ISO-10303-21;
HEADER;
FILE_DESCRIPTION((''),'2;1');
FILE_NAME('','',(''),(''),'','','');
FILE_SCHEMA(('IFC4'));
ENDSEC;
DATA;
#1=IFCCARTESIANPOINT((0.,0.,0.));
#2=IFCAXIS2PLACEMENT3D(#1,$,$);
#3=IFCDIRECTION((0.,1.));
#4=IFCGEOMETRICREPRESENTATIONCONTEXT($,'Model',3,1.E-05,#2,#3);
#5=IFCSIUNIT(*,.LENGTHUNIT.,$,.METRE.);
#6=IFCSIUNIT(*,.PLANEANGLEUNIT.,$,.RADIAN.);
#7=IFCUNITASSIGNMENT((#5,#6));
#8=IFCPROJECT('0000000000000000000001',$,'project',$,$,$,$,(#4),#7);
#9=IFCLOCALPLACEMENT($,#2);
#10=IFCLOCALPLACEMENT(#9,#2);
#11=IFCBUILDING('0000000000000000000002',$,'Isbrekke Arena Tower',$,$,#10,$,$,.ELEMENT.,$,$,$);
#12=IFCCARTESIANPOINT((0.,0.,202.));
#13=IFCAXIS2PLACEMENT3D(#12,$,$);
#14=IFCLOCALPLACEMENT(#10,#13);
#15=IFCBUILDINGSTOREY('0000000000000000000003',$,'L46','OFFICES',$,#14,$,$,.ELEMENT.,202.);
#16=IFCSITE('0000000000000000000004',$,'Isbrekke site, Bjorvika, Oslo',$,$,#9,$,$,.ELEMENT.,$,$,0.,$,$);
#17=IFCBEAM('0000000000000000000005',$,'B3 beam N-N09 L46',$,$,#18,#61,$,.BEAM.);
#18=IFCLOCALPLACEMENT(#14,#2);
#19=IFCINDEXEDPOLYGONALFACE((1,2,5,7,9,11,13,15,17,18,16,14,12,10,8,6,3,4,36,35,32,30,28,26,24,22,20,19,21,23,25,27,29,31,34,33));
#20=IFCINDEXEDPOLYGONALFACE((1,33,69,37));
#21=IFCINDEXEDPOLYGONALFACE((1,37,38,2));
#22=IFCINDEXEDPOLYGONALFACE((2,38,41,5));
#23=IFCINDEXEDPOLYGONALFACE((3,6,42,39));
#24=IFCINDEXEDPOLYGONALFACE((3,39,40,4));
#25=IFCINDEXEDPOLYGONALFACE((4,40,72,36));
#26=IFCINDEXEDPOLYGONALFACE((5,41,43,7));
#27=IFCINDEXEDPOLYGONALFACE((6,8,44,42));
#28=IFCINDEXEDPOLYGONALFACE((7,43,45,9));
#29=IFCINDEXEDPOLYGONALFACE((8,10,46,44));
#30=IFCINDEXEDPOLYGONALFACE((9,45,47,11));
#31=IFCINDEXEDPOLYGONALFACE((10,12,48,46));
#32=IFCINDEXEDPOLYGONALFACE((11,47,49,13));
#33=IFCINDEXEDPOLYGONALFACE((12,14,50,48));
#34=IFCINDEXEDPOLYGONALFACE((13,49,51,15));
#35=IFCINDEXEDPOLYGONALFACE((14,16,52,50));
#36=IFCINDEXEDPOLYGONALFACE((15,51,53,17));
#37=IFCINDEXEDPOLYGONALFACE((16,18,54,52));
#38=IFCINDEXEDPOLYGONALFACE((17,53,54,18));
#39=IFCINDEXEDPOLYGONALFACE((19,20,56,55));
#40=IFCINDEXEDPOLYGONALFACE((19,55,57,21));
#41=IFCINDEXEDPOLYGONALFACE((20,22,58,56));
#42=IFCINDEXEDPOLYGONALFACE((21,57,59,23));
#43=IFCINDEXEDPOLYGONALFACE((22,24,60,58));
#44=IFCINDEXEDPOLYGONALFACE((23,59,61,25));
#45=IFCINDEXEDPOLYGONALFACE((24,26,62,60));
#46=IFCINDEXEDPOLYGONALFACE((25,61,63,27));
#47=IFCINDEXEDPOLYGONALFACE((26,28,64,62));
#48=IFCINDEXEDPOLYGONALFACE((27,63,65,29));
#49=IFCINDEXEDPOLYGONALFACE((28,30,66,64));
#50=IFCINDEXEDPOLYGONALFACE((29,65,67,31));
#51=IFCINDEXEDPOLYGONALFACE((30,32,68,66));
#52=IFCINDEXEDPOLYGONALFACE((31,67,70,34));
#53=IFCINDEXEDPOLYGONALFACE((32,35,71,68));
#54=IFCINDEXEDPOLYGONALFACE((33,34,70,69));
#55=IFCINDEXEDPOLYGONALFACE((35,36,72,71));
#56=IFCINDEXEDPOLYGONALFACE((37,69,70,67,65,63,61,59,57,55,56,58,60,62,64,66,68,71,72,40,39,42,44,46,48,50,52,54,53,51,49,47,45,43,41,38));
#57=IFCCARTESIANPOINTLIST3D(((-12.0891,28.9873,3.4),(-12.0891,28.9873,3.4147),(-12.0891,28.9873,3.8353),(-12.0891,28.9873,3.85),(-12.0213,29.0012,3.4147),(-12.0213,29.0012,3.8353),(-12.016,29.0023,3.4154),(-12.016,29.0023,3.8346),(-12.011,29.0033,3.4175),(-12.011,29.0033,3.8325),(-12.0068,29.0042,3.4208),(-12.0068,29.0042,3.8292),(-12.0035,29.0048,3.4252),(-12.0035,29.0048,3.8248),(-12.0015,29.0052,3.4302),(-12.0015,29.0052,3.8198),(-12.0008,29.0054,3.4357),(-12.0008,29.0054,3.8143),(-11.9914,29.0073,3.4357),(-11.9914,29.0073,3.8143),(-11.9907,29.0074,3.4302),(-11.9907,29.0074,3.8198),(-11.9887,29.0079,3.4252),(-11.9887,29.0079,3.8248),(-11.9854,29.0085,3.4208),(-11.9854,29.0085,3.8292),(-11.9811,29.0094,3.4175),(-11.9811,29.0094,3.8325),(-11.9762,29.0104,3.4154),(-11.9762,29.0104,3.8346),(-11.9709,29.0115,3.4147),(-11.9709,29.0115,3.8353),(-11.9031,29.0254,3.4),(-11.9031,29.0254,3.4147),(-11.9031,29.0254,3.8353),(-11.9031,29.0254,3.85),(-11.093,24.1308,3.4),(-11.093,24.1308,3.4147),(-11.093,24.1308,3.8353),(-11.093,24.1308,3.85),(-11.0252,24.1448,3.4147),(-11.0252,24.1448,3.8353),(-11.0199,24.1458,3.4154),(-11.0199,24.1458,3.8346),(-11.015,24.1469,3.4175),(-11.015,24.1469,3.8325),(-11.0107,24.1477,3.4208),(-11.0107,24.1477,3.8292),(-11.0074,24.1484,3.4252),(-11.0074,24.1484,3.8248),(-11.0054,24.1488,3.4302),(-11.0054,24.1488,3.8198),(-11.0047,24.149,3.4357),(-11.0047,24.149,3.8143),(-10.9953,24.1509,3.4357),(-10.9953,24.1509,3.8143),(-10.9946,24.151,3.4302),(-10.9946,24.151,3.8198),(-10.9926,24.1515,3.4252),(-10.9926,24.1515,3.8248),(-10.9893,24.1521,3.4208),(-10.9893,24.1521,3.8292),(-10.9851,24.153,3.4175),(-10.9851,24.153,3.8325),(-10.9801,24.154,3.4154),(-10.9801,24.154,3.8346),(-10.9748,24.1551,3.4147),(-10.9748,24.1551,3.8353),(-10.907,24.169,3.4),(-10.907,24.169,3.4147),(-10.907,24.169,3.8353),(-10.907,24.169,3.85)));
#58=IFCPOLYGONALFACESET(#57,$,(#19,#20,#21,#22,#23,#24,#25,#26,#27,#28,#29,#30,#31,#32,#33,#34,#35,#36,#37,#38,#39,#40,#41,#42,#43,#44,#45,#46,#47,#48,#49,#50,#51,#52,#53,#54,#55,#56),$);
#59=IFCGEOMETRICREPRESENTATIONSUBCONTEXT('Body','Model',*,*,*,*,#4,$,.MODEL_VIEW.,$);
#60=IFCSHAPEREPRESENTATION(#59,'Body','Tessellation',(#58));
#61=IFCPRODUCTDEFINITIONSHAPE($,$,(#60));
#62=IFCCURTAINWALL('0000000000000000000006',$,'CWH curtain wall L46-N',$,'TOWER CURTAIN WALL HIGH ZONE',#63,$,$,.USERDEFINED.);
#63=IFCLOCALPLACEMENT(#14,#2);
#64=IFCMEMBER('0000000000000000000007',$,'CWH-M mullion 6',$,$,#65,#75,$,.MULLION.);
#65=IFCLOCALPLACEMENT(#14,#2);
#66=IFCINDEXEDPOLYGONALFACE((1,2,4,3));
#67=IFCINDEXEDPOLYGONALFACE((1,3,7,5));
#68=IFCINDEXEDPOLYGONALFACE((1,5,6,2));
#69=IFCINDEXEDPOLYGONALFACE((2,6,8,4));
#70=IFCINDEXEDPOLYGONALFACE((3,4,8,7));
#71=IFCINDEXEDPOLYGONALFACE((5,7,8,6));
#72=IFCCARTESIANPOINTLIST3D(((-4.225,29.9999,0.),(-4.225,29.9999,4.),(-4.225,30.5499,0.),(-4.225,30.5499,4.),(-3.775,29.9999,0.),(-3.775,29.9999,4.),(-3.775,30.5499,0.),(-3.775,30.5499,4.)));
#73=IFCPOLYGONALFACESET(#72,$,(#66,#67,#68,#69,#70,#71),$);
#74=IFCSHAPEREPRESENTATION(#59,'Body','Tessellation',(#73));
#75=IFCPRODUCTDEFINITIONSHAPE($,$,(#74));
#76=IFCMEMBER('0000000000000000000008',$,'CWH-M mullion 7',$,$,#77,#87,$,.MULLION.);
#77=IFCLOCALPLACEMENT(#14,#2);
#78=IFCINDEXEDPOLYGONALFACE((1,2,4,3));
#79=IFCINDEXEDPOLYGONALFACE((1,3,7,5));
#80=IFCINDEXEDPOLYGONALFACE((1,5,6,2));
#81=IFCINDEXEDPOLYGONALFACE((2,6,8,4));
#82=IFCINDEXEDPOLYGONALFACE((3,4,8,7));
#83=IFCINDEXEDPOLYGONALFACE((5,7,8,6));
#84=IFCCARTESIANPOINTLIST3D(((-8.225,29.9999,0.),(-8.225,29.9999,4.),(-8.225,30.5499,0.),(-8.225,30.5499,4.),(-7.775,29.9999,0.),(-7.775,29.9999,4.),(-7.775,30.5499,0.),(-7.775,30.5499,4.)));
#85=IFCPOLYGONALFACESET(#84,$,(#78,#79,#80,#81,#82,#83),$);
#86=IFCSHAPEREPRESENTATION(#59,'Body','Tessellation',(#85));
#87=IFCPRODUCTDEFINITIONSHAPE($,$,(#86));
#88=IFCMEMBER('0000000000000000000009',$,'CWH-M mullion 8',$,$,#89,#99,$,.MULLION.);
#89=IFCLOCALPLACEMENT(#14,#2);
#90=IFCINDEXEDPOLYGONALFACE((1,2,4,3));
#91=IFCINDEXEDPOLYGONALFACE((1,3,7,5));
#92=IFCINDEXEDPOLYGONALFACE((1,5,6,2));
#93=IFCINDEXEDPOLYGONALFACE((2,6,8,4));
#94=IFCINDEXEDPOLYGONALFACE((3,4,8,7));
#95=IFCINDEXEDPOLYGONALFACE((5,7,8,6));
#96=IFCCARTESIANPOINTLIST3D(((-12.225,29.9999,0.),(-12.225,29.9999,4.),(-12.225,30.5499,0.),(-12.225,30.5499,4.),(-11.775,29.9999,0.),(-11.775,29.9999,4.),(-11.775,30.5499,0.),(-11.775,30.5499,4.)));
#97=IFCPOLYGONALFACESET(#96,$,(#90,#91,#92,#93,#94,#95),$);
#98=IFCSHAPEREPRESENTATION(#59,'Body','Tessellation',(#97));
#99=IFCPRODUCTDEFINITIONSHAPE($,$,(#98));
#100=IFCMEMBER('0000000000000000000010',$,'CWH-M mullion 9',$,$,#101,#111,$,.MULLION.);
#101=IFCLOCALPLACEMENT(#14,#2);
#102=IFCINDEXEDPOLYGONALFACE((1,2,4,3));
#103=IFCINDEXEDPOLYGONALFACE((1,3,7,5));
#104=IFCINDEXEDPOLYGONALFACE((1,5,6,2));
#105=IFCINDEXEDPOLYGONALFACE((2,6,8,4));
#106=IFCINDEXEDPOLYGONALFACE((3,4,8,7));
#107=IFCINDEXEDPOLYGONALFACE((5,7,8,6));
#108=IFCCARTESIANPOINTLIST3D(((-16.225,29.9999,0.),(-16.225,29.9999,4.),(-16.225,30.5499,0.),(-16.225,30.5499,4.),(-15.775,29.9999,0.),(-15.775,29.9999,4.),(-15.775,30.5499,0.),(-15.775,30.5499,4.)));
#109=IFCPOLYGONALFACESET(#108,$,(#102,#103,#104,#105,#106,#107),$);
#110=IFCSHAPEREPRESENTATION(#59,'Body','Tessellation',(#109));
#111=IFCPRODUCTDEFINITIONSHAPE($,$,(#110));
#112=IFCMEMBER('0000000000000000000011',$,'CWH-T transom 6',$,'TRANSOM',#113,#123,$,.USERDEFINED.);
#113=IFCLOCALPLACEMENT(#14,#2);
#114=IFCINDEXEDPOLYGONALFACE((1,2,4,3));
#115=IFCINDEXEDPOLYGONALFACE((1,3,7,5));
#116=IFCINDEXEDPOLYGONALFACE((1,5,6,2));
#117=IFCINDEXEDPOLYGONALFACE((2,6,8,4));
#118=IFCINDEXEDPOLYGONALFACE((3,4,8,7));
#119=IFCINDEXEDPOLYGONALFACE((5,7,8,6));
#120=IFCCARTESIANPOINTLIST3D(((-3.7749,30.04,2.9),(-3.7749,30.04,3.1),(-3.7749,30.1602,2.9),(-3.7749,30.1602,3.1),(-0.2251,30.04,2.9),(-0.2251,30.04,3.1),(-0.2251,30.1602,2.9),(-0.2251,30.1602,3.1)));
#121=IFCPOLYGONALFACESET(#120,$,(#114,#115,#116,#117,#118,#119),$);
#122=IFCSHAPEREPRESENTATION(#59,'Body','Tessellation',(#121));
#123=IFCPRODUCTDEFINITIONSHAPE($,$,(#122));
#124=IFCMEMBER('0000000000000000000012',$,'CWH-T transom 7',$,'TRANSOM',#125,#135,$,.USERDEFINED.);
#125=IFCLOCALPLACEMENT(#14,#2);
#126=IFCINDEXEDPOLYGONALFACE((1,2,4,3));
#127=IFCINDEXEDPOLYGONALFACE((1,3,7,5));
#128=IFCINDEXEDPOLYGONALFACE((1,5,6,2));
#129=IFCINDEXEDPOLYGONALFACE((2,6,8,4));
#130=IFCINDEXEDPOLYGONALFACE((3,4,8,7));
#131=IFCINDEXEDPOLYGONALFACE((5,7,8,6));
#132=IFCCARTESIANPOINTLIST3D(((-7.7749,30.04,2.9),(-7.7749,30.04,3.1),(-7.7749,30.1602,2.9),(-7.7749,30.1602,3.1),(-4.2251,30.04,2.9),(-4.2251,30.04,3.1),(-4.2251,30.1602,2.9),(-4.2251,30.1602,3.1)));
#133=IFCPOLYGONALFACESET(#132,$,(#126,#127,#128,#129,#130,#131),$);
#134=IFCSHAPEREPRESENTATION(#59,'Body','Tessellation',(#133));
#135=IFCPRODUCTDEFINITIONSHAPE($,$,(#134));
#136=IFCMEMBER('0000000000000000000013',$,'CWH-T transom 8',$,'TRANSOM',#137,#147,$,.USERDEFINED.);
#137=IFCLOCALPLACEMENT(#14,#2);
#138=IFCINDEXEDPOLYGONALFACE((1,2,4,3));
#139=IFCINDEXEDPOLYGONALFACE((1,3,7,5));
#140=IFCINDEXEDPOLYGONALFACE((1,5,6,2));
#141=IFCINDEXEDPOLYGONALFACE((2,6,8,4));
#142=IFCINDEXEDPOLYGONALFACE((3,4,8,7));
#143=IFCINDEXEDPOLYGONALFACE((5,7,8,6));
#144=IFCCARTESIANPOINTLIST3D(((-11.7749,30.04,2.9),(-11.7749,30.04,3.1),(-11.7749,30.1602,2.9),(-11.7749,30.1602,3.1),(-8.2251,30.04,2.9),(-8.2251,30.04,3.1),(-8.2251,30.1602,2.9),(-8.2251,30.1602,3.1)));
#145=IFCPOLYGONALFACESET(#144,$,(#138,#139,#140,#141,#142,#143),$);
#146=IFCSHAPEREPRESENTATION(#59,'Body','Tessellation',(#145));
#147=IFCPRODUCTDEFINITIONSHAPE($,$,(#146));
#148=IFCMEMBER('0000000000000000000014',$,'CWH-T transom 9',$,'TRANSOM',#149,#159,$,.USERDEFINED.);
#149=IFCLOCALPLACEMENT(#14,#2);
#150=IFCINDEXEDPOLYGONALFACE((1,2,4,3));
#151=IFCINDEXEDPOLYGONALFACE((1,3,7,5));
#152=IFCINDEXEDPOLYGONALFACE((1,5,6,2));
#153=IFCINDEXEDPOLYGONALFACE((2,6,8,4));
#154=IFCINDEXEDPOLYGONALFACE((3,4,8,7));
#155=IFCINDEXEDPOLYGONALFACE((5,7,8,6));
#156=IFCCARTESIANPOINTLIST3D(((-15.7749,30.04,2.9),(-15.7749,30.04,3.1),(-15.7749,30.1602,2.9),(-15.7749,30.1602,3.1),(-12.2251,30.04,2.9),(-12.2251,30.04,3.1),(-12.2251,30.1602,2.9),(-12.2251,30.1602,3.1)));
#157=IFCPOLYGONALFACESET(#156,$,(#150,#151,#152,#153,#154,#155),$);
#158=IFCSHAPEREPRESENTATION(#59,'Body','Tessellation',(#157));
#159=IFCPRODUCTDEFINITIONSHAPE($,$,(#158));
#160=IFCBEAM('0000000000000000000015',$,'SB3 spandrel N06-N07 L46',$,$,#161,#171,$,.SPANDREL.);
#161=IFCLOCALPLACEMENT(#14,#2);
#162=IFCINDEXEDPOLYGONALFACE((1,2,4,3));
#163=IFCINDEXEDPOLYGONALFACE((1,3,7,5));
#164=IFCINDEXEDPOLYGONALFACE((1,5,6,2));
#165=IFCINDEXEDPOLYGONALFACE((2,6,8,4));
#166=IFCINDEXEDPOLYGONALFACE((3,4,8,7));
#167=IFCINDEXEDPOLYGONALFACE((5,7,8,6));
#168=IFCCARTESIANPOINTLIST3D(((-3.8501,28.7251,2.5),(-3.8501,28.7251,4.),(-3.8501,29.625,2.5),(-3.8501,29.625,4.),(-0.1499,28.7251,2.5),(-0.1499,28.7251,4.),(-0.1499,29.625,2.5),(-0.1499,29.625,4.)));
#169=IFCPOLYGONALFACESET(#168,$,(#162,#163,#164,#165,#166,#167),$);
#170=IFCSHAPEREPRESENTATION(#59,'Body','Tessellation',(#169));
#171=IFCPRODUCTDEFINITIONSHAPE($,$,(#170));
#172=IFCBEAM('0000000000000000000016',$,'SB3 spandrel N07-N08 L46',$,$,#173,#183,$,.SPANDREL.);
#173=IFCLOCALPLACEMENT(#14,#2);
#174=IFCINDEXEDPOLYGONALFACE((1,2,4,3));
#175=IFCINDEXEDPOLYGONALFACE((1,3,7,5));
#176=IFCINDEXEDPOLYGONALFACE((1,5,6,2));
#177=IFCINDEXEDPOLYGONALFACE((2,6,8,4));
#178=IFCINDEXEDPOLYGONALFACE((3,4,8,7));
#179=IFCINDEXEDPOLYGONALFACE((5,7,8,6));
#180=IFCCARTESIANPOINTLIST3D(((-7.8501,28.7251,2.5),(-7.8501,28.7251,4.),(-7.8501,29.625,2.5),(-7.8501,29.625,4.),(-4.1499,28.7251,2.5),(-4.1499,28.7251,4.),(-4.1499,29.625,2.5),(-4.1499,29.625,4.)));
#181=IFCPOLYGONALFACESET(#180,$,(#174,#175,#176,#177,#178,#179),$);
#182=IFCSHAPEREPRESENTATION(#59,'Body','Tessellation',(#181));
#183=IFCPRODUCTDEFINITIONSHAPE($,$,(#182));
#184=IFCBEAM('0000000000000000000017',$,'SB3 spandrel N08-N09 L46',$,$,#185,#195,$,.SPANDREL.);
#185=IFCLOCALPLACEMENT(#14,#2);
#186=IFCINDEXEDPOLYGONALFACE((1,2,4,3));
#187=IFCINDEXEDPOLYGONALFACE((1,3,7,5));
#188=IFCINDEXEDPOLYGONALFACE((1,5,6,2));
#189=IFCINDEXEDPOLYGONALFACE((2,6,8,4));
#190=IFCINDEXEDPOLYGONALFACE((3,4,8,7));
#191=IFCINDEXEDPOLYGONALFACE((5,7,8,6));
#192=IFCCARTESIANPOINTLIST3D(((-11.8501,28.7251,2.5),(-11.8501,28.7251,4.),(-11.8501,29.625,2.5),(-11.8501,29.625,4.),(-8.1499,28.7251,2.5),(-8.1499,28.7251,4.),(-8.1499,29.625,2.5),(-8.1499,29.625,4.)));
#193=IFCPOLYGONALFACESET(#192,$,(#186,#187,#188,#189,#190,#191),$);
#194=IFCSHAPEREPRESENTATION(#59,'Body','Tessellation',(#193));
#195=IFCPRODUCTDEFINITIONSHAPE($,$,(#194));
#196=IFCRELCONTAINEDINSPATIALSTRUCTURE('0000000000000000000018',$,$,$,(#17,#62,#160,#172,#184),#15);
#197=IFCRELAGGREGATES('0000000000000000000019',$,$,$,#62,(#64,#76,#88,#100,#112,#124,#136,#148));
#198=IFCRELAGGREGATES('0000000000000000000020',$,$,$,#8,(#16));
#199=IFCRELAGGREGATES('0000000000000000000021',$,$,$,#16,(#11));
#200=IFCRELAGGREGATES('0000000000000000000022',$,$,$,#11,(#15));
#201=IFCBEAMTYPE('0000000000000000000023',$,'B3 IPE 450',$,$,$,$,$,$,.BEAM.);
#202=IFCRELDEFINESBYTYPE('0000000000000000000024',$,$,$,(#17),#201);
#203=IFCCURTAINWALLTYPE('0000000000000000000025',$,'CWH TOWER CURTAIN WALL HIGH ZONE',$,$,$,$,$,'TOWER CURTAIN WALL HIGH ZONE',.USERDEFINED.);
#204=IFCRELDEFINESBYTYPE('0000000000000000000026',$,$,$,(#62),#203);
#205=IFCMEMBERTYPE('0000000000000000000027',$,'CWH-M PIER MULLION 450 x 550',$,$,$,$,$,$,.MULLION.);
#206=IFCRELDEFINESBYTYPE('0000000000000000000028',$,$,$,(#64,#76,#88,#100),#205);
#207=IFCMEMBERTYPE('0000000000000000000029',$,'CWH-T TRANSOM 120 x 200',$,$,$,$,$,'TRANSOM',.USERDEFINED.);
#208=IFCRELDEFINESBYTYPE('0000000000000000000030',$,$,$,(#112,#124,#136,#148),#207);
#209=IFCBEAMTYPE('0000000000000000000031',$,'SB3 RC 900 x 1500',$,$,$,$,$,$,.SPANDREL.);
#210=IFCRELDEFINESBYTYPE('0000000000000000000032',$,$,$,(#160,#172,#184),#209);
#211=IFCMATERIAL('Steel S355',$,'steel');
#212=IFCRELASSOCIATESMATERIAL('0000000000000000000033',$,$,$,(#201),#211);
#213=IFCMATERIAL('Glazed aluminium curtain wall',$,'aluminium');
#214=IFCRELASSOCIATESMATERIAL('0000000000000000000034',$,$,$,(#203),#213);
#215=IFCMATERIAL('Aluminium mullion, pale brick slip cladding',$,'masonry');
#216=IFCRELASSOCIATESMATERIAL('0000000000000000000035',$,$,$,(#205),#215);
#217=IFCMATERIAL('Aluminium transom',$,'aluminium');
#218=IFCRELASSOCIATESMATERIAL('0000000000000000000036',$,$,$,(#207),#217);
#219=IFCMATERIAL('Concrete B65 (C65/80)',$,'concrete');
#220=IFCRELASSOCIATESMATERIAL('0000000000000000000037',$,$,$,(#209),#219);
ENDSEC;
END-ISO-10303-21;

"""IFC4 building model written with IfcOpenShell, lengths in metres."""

from ifc_helpers import new_model, si_unit, direction, frame, origin, origin_2d, place, context, subcontext, project, spatial, rectangle, i_section, extrude, material, material_profile, profile_set, type_object, element, aggregate, save


model = new_model("IFC4")

# Units and contexts
model_context = context("Model", 3, precision=1e-05, world=origin(), true_north=direction((0.0, 1.0)))
body_context = subcontext(model_context, "Body", "Model", "MODEL_VIEW")
ifc_project = project(units=[si_unit("LENGTHUNIT", "METRE"), si_unit("PLANEANGLEUNIT", "RADIAN")], contexts=[model_context])

# Site, building, storey
site_placement = place(None, origin())
site = spatial("IfcSite", under=ifc_project, at=site_placement, Name="Isbrekke site, Bjorvika, Oslo", CompositionType="ELEMENT", RefElevation=0.0)
building_placement = place(site_placement, origin())
building = spatial("IfcBuilding", under=site, at=building_placement, Name="Isbrekke Arena Tower", CompositionType="ELEMENT")
storey_placement = place(building_placement, frame((0.0, 0.0, 202.0)))
storey = spatial("IfcBuildingStorey", under=building, at=storey_placement, Name="L46", Description="OFFICES", CompositionType="ELEMENT", Elevation=202.0)

# Beam
ifc_material_1 = material(Name="Steel S355", Category="steel")
ifc_material_profile_1 = material_profile(ifc_material_1, i_section(OverallWidth=0.1899, OverallDepth=0.45, WebThickness=0.0095, FlangeThickness=0.0146, FilletRadius=0.021, at=origin_2d()), Name="IPE 450")
ifc_profile_set_1 = profile_set([ifc_material_profile_1], Name="Steel S355")
beam_type_1 = type_object("IfcBeamType", Name="B3 IPE 450", PredefinedType="BEAM", material=ifc_profile_set_1)
beam_1_placement = place(storey_placement, frame((-11.9961, 29.0063, 3.625), z_axis=(0.200925, -0.979607, 0.0), x_axis=(0.979607, 0.200925, 0.0)))
element("IfcBeam", 1, at=beam_1_placement, inside=storey, type_object=beam_type_1, Name="B3 beam N-N09 L46", PredefinedType="BEAM", context=body_context, shape_type="SweptSolid", body=[
    extrude(i_section(OverallWidth=0.1899, OverallDepth=0.45, WebThickness=0.0095, FlangeThickness=0.0146, FilletRadius=0.021, at=origin_2d()), origin(), (0.0, 0.0, 1.0), 4.9575),
])

# Curtain wall, members
ifc_material_2 = material(Name="Glazed aluminium curtain wall", Category="aluminium")
curtain_wall_type = type_object("IfcCurtainWallType", Name="CWH TOWER CURTAIN WALL HIGH ZONE", ElementType="TOWER CURTAIN WALL HIGH ZONE", PredefinedType="USERDEFINED", material=ifc_material_2)
curtain_wall_placement = place(storey_placement, origin())
curtain_wall = element("IfcCurtainWall", 2, at=curtain_wall_placement, inside=storey, type_object=curtain_wall_type, Name="CWH curtain wall L46-N", ObjectType="TOWER CURTAIN WALL HIGH ZONE", PredefinedType="USERDEFINED")
ifc_material_3 = material(Name="Aluminium mullion, pale brick slip cladding", Category="masonry")
ifc_material_profile_2 = material_profile(ifc_material_3, rectangle(XDim=0.45, YDim=0.55, at=origin_2d()), Name="PIER 450X550")
ifc_profile_set_2 = profile_set([ifc_material_profile_2], Name="Aluminium mullion, pale brick slip cladding")
member_type_1 = type_object("IfcMemberType", Name="CWH-M PIER MULLION 450 x 550", PredefinedType="MULLION", material=ifc_profile_set_2)
member_1_placement = place(storey_placement, frame((-4.0, 30.2749, 0.0), z_axis=(0.0, 0.0, 1.0), x_axis=(-1.0, 0.0, 0.0)))
member_1 = element("IfcMember", 3, at=member_1_placement, type_object=member_type_1, Name="CWH-M mullion 6", PredefinedType="MULLION", context=body_context, shape_type="SweptSolid", body=[
    extrude(rectangle(XDim=0.45, YDim=0.55, at=origin_2d()), origin(), (0.0, 0.0, 1.0), 4.0),
])
member_2_placement = place(storey_placement, frame((-8.0, 30.2749, 0.0), z_axis=(0.0, 0.0, 1.0), x_axis=(-1.0, 0.0, 0.0)))
member_2 = element("IfcMember", 4, at=member_2_placement, type_object=member_type_1, Name="CWH-M mullion 7", PredefinedType="MULLION", context=body_context, shape_type="SweptSolid", body=[
    extrude(rectangle(XDim=0.45, YDim=0.55, at=origin_2d()), origin(), (0.0, 0.0, 1.0), 4.0),
])
member_3_placement = place(storey_placement, frame((-12.0, 30.2749, 0.0), z_axis=(0.0, 0.0, 1.0), x_axis=(-1.0, 0.0, 0.0)))
member_3 = element("IfcMember", 5, at=member_3_placement, type_object=member_type_1, Name="CWH-M mullion 8", PredefinedType="MULLION", context=body_context, shape_type="SweptSolid", body=[
    extrude(rectangle(XDim=0.45, YDim=0.55, at=origin_2d()), origin(), (0.0, 0.0, 1.0), 4.0),
])
member_4_placement = place(storey_placement, frame((-16.0, 30.2749, 0.0), z_axis=(0.0, 0.0, 1.0), x_axis=(-1.0, 0.0, 0.0)))
member_4 = element("IfcMember", 6, at=member_4_placement, type_object=member_type_1, Name="CWH-M mullion 9", PredefinedType="MULLION", context=body_context, shape_type="SweptSolid", body=[
    extrude(rectangle(XDim=0.45, YDim=0.55, at=origin_2d()), origin(), (0.0, 0.0, 1.0), 4.0),
])
ifc_material_4 = material(Name="Aluminium transom", Category="aluminium")
ifc_material_profile_3 = material_profile(ifc_material_4, rectangle(XDim=0.1201, YDim=0.2, at=origin_2d()), Name="TRANSOM 120X200")
ifc_profile_set_3 = profile_set([ifc_material_profile_3], Name="Aluminium transom")
member_type_2 = type_object("IfcMemberType", Name="CWH-T TRANSOM 120 x 200", ElementType="TRANSOM", PredefinedType="USERDEFINED", material=ifc_profile_set_3)
member_5_placement = place(storey_placement, frame((-0.2251, 30.1001, 3.0), z_axis=(-1.0, 0.0, 0.0), x_axis=(0.0, -1.0, 0.0)))
member_5 = element("IfcMember", 7, at=member_5_placement, type_object=member_type_2, Name="CWH-T transom 6", ObjectType="TRANSOM", PredefinedType="USERDEFINED", context=body_context, shape_type="SweptSolid", body=[
    extrude(rectangle(XDim=0.1201, YDim=0.2, at=origin_2d()), origin(), (0.0, 0.0, 1.0), 3.5498),
])
member_6_placement = place(storey_placement, frame((-4.2251, 30.1001, 3.0), z_axis=(-1.0, 0.0, 0.0), x_axis=(0.0, -1.0, 0.0)))
member_6 = element("IfcMember", 8, at=member_6_placement, type_object=member_type_2, Name="CWH-T transom 7", ObjectType="TRANSOM", PredefinedType="USERDEFINED", context=body_context, shape_type="SweptSolid", body=[
    extrude(rectangle(XDim=0.1201, YDim=0.2, at=origin_2d()), origin(), (0.0, 0.0, 1.0), 3.5498),
])
member_7_placement = place(storey_placement, frame((-8.2251, 30.1001, 3.0), z_axis=(-1.0, 0.0, 0.0), x_axis=(0.0, -1.0, 0.0)))
member_7 = element("IfcMember", 9, at=member_7_placement, type_object=member_type_2, Name="CWH-T transom 8", ObjectType="TRANSOM", PredefinedType="USERDEFINED", context=body_context, shape_type="SweptSolid", body=[
    extrude(rectangle(XDim=0.1201, YDim=0.2, at=origin_2d()), origin(), (0.0, 0.0, 1.0), 3.5498),
])
member_8_placement = place(storey_placement, frame((-12.2251, 30.1001, 3.0), z_axis=(-1.0, 0.0, 0.0), x_axis=(0.0, -1.0, 0.0)))
member_8 = element("IfcMember", 10, at=member_8_placement, type_object=member_type_2, Name="CWH-T transom 9", ObjectType="TRANSOM", PredefinedType="USERDEFINED", context=body_context, shape_type="SweptSolid", body=[
    extrude(rectangle(XDim=0.1201, YDim=0.2, at=origin_2d()), origin(), (0.0, 0.0, 1.0), 3.5498),
])

# Beams
ifc_material_5 = material(Name="Concrete B65 (C65/80)", Category="concrete")
ifc_material_profile_4 = material_profile(ifc_material_5, rectangle(XDim=0.8999, YDim=1.5, at=origin_2d()), Name="RC 900x1500")
ifc_profile_set_4 = profile_set([ifc_material_profile_4], Name="Concrete B65 (C65/80)")
beam_type_2 = type_object("IfcBeamType", Name="SB3 RC 900 x 1500", PredefinedType="SPANDREL", material=ifc_profile_set_4)
for number, where, z_axis, x_axis, name in (
    (11, (-0.1499, 29.175, 3.25), (-1.0, 0.0, 0.0), (0.0, -1.0, 0.0), "SB3 spandrel N06-N07 L46"),
    (12, (-4.1499, 29.175, 3.25), (-1.0, 0.0, 0.0), (0.0, -1.0, 0.0), "SB3 spandrel N07-N08 L46"),
    (13, (-8.1499, 29.175, 3.25), (-1.0, 0.0, 0.0), (0.0, -1.0, 0.0), "SB3 spandrel N08-N09 L46"),
):
    element("IfcBeam", number, at=place(storey_placement, frame(where, z_axis=z_axis, x_axis=x_axis)), inside=storey, type_object=beam_type_2, Name=name, PredefinedType="SPANDREL", context=body_context, shape_type="SweptSolid", body=[
        extrude(rectangle(XDim=0.8999, YDim=1.5, at=origin_2d()), origin(), (0.0, 0.0, 1.0), 3.7002),
    ])

aggregate(curtain_wall, [member_1, member_2, member_3, member_4, member_5, member_6, member_7, member_8])

save(model, "model.ifc")
